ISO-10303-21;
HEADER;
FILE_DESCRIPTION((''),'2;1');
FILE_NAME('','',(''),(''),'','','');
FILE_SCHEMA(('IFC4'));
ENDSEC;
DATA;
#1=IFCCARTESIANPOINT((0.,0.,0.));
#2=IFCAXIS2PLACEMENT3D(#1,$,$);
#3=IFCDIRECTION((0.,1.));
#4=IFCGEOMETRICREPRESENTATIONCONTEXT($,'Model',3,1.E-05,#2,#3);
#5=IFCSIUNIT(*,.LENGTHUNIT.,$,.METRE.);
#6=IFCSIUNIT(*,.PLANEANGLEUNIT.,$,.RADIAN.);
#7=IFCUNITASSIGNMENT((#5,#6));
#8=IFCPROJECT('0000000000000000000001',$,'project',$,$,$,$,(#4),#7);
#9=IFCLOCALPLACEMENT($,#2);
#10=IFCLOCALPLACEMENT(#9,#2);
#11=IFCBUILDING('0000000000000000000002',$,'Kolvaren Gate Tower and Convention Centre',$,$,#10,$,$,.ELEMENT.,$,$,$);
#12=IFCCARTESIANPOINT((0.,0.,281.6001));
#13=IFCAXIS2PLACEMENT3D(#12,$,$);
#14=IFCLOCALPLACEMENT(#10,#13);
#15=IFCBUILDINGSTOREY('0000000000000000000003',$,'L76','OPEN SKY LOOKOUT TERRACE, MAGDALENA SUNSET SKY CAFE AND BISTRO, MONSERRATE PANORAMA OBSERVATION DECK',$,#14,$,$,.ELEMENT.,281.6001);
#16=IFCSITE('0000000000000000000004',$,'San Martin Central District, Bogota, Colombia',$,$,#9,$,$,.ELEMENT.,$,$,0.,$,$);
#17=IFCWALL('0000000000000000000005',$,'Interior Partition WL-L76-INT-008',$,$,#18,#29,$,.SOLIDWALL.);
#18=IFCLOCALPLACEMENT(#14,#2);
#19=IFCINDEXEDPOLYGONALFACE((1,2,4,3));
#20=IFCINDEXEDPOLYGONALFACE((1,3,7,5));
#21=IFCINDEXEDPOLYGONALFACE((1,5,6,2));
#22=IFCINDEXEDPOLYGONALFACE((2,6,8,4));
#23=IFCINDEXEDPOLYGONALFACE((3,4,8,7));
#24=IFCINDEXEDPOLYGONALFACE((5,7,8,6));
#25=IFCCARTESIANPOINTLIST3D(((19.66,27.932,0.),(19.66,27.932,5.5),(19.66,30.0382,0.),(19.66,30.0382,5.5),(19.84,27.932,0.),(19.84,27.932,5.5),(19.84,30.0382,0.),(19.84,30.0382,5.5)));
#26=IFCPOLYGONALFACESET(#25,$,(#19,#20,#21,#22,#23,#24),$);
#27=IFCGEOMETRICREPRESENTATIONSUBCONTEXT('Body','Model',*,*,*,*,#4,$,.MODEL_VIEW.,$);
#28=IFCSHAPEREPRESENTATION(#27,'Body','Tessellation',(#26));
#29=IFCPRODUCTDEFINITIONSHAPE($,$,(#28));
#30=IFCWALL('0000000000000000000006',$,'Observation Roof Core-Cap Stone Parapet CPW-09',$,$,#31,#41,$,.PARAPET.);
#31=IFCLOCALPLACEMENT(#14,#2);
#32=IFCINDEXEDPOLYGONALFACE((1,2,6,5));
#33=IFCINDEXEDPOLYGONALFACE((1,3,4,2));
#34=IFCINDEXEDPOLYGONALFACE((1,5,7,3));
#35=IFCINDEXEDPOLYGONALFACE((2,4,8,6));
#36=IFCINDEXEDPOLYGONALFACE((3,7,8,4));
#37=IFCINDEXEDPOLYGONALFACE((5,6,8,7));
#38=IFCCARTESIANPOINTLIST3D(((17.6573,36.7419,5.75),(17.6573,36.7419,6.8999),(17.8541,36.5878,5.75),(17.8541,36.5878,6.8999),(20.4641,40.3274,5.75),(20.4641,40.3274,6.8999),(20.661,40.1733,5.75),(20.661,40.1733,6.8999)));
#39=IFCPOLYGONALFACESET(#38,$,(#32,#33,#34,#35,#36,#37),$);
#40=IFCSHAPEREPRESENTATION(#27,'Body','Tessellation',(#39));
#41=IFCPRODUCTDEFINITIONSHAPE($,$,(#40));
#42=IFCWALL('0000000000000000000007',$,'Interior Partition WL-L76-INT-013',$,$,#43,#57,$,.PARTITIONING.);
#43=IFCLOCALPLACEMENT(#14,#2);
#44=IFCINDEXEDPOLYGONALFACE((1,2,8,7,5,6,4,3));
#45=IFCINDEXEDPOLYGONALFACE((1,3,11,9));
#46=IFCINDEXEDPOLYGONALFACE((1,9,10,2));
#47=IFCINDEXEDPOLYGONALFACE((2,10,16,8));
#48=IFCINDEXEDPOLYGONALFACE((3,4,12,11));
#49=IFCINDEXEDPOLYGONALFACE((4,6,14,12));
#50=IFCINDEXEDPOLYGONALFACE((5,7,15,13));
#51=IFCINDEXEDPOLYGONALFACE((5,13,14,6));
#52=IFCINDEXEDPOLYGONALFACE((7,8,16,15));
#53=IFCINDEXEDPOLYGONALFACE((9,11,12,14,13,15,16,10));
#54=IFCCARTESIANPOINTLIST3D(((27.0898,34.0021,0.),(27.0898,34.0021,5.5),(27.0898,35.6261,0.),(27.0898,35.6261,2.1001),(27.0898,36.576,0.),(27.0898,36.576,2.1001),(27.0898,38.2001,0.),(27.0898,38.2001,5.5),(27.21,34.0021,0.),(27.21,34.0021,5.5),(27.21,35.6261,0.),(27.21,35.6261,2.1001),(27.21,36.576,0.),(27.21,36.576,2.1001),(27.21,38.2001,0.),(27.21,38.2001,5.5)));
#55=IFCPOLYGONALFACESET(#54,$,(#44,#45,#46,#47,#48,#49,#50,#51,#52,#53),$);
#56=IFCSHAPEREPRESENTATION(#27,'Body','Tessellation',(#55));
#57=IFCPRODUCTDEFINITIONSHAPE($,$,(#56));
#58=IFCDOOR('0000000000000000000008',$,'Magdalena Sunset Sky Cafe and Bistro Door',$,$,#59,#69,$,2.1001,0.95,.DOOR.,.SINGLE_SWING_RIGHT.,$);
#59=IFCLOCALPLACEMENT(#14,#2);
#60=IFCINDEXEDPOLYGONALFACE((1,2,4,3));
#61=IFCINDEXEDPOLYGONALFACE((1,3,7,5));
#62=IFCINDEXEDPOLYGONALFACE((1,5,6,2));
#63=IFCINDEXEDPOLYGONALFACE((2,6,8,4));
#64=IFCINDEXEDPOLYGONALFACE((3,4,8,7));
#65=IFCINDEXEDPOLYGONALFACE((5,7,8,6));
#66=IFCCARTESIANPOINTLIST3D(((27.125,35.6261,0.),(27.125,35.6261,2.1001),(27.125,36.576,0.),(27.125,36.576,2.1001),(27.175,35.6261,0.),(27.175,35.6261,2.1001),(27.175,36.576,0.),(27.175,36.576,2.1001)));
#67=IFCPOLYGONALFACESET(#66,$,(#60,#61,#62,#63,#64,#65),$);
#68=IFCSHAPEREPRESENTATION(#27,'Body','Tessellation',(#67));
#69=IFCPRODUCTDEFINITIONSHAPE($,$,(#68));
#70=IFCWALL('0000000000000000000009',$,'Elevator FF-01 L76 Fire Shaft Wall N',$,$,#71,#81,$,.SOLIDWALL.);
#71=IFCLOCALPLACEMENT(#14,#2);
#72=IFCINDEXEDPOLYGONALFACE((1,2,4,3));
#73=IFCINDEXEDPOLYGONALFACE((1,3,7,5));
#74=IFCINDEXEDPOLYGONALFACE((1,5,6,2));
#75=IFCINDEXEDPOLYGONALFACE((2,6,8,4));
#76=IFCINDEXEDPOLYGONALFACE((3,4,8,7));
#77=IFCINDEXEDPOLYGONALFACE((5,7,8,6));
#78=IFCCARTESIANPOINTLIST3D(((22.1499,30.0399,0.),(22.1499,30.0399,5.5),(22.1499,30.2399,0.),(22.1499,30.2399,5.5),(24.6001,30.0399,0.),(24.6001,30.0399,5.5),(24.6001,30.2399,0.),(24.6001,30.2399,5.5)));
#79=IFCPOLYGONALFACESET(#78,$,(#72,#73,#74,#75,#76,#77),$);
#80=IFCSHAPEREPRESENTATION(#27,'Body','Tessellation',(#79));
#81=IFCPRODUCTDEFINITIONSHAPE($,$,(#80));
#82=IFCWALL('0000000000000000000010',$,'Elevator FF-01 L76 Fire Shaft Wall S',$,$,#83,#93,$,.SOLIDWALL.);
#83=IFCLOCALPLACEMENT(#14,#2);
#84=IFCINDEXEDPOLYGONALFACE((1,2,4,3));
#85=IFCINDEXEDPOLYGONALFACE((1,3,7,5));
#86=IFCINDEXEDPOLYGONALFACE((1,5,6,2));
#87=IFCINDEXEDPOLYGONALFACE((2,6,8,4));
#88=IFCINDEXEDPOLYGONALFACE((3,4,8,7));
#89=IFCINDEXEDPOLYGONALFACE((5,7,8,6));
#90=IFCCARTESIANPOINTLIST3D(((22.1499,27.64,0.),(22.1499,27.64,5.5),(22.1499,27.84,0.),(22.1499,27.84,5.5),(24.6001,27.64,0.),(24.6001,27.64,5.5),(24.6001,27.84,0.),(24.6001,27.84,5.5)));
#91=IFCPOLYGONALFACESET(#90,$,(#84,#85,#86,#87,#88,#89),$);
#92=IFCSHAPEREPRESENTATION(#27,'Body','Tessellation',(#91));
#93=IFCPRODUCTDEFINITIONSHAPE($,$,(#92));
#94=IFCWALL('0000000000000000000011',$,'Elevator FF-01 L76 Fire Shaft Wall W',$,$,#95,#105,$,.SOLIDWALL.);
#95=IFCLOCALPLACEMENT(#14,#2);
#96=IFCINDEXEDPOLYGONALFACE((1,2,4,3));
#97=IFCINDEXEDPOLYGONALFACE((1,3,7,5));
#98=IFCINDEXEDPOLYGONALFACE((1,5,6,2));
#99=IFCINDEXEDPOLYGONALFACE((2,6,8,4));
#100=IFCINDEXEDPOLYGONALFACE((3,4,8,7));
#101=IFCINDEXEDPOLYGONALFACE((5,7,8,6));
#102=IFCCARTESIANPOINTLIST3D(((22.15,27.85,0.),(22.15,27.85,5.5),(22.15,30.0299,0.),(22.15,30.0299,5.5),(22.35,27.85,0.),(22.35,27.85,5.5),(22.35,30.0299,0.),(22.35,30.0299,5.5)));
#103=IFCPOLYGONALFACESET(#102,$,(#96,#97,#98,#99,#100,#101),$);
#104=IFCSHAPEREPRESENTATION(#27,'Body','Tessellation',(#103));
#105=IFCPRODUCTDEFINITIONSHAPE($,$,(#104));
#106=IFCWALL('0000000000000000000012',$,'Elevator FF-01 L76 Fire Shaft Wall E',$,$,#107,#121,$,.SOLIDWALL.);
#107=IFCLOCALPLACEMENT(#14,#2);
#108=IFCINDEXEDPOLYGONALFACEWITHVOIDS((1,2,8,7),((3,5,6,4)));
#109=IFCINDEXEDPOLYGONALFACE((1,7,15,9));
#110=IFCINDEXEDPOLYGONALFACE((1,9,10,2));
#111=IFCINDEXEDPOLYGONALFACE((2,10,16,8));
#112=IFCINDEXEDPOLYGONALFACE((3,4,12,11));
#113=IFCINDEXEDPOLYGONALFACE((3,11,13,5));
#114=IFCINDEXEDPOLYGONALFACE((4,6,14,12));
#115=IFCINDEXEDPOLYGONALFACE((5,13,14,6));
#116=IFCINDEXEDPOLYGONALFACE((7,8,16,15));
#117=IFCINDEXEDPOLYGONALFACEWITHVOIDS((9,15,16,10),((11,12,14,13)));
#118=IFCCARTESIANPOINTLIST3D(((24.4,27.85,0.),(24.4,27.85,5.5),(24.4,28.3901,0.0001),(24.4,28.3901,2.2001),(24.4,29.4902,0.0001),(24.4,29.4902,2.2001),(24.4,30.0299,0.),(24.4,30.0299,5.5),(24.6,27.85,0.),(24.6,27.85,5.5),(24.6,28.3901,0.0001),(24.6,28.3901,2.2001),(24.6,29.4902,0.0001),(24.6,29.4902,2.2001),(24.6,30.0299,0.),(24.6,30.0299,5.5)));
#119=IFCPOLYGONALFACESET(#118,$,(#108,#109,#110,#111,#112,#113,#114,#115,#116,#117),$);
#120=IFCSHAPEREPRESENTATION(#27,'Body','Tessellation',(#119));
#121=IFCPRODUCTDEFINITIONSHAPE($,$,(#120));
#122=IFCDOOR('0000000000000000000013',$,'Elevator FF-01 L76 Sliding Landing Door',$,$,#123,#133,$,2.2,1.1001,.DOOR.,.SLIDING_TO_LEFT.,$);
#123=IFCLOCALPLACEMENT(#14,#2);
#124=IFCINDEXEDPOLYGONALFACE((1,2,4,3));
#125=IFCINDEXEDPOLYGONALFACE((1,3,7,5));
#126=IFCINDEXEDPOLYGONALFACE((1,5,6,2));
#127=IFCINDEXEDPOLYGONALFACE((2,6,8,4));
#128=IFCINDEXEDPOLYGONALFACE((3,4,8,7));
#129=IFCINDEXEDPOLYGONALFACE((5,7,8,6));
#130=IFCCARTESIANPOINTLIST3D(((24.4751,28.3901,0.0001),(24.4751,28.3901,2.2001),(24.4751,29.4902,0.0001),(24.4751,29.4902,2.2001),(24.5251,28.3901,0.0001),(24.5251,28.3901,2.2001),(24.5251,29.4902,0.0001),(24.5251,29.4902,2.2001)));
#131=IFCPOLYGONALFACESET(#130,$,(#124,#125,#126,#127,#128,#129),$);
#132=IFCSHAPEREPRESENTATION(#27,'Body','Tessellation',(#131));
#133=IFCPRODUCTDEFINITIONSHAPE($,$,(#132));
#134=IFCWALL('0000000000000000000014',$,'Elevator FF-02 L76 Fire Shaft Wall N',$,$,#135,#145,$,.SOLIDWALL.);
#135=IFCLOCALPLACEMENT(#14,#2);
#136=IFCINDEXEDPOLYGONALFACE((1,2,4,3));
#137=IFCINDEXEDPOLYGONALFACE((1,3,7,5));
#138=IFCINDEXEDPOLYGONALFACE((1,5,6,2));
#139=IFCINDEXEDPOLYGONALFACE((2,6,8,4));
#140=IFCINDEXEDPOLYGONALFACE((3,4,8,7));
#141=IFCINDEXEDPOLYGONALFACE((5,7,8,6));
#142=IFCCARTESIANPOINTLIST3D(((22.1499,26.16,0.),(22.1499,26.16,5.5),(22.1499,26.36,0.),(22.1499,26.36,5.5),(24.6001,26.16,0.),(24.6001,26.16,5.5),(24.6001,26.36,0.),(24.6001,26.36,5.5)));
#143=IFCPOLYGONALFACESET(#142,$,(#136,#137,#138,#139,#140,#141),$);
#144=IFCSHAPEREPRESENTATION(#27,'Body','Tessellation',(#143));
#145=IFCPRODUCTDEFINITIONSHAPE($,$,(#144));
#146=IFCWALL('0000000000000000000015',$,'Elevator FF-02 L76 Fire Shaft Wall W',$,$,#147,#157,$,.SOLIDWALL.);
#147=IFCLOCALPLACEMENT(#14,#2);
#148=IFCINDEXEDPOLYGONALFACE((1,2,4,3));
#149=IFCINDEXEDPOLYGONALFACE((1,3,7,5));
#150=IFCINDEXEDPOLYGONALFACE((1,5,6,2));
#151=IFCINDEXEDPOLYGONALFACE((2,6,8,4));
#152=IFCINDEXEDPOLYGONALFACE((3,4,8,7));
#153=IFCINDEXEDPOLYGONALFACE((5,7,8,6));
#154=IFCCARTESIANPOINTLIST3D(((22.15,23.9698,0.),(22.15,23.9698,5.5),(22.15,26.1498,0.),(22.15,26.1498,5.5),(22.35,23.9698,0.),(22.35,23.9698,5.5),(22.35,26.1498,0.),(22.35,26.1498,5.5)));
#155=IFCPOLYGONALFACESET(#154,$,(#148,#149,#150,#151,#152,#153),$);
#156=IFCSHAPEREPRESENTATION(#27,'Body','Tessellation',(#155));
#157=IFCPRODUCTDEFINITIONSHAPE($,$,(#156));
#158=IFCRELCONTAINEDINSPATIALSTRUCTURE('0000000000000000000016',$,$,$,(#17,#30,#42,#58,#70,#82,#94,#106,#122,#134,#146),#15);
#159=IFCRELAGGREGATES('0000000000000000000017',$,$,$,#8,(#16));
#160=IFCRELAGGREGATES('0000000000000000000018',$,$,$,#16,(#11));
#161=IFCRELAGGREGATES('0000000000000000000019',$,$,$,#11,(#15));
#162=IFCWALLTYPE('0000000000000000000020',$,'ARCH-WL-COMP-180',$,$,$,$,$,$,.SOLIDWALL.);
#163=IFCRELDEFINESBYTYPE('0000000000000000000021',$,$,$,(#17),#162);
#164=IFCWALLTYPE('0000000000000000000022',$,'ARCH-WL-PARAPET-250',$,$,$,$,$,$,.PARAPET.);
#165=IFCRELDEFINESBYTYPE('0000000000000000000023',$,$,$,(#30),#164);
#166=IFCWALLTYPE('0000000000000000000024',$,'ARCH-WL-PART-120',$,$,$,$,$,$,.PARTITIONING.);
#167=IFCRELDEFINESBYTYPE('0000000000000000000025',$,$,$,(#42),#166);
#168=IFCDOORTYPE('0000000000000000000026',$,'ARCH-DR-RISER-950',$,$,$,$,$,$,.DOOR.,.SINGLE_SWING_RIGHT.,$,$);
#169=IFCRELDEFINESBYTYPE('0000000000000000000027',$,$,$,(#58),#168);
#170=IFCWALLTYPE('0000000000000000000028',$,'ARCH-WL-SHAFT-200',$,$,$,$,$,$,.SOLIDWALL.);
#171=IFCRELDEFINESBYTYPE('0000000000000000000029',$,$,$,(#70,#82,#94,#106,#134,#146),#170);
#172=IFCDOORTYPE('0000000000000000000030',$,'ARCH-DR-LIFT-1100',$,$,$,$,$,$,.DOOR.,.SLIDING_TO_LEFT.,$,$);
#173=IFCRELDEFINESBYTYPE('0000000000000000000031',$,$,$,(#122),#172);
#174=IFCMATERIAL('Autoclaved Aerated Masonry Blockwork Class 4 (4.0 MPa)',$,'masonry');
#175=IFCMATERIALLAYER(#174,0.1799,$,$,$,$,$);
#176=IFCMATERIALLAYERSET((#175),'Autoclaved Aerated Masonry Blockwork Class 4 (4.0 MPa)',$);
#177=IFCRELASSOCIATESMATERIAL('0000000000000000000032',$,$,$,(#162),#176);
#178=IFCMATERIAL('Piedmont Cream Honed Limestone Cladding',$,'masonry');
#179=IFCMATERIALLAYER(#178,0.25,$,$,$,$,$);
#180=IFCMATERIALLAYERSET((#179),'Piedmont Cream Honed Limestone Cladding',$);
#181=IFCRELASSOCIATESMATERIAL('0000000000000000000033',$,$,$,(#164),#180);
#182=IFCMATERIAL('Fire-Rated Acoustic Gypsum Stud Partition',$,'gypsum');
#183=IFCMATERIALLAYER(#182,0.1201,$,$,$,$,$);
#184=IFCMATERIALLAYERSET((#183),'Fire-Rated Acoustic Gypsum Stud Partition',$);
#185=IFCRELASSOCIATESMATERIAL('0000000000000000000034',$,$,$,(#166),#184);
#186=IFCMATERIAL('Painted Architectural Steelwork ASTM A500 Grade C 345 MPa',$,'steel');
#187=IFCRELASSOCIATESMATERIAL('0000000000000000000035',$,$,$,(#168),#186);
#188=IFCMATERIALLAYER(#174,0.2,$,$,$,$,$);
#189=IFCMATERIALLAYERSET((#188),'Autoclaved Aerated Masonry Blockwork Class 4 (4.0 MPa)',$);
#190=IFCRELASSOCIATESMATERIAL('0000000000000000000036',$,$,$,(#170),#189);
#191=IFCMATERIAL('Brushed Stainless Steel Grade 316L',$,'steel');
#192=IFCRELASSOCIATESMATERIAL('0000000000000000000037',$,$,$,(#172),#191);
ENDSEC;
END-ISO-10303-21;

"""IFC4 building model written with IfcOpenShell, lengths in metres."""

from ifc_helpers import new_model, si_unit, direction, frame, frame_2d, origin, place, context, subcontext, project, spatial, rectangle, extrude, material, layer, layer_set, type_object, element, fill, save


model = new_model("IFC4")

# Units and contexts
model_context = context("Model", 3, precision=1e-05, world=origin(), true_north=direction((0.0, 1.0)))
body_context = subcontext(model_context, "Body", "Model", "MODEL_VIEW")
ifc_project = project(units=[si_unit("LENGTHUNIT", "METRE"), si_unit("PLANEANGLEUNIT", "RADIAN")], contexts=[model_context])

# Site, building, storey
site_placement = place(None, origin())
site = spatial("IfcSite", under=ifc_project, at=site_placement, Name="San Martin Central District, Bogota, Colombia", CompositionType="ELEMENT", RefElevation=0.0)
building_placement = place(site_placement, origin())
building = spatial("IfcBuilding", under=site, at=building_placement, Name="Kolvaren Gate Tower and Convention Centre", CompositionType="ELEMENT")
storey_placement = place(building_placement, frame((0.0, 0.0, 281.6001)))
storey = spatial("IfcBuildingStorey", under=building, at=storey_placement, Name="L76", Description="OPEN SKY LOOKOUT TERRACE, MAGDALENA SUNSET SKY CAFE AND BISTRO, MONSERRATE PANORAMA OBSERVATION DECK", CompositionType="ELEMENT", Elevation=281.6001)

# Walls
ifc_material_1 = material(Name="Autoclaved Aerated Masonry Blockwork Class 4 (4.0 MPa)", Category="masonry")
ifc_layer_1 = layer(ifc_material_1, 0.1799)
ifc_layer_set_1 = layer_set([ifc_layer_1], Name="Autoclaved Aerated Masonry Blockwork Class 4 (4.0 MPa)")
wall_type_1 = type_object("IfcWallType", Name="ARCH-WL-COMP-180", PredefinedType="SOLIDWALL", material=ifc_layer_set_1)
for number, where, z_axis, x_axis, name in (
    (1, (19.75, 27.9319, 0.0), (0.0, 0.0, 1.0), (0.0, 1.0, 0.0), "Interior Partition WL-L76-INT-008"),
):
    element("IfcWall", number, at=place(storey_placement, frame(where, z_axis=z_axis, x_axis=x_axis)), inside=storey, type_object=wall_type_1, Name=name, PredefinedType="SOLIDWALL", context=body_context, shape_type="SweptSolid", body=[
        extrude(rectangle(XDim=2.1062, YDim=0.1799, at=frame_2d((1.0532, 0.0))), origin(), (0.0, 0.0, 1.0), 5.5),
    ])
ifc_material_2 = material(Name="Piedmont Cream Honed Limestone Cladding", Category="masonry")
ifc_layer_2 = layer(ifc_material_2, 0.25)
ifc_layer_set_2 = layer_set([ifc_layer_2], Name="Piedmont Cream Honed Limestone Cladding")
wall_type_2 = type_object("IfcWallType", Name="ARCH-WL-PARAPET-250", PredefinedType="PARAPET", material=ifc_layer_set_2)
wall_1_placement = place(storey_placement, frame((17.7556, 36.6648, 5.75), z_axis=(0.0, 0.0, 1.0), x_axis=(0.616428, 0.787411, 0.0)))
element("IfcWall", 2, at=wall_1_placement, inside=storey, type_object=wall_type_2, Name="Observation Roof Core-Cap Stone Parapet CPW-09", PredefinedType="PARAPET", context=body_context, shape_type="SweptSolid", body=[
    extrude(rectangle(XDim=4.5535, YDim=0.25, at=frame_2d((2.2769, 0.0))), origin(), (0.0, 0.0, 1.0), 1.1499),
])

# Wall, opening, door
ifc_material_3 = material(Name="Fire-Rated Acoustic Gypsum Stud Partition", Category="gypsum")
ifc_layer_3 = layer(ifc_material_3, 0.1201)
ifc_layer_set_3 = layer_set([ifc_layer_3], Name="Fire-Rated Acoustic Gypsum Stud Partition")
wall_type_3 = type_object("IfcWallType", Name="ARCH-WL-PART-120", PredefinedType="PARTITIONING", material=ifc_layer_set_3)
wall_2_placement = place(storey_placement, frame((27.1499, 34.002, 0.0), z_axis=(0.0, 0.0, 1.0), x_axis=(0.0, 1.0, 0.0)))
wall_2 = element("IfcWall", 3, at=wall_2_placement, inside=storey, type_object=wall_type_3, Name="Interior Partition WL-L76-INT-013", PredefinedType="PARTITIONING", context=body_context, shape_type="SweptSolid", body=[
    extrude(rectangle(XDim=4.198, YDim=0.1201, at=frame_2d((2.0991, 0.0))), origin(), (0.0, 0.0, 1.0), 5.5),
])
opening_1_placement = place(wall_2_placement, frame((1.624, 0.0, 0.0)))
opening_1 = element("IfcOpeningElement", 4, at=opening_1_placement, cuts=wall_2, PredefinedType="OPENING", context=body_context, shape_type="SweptSolid", body=[
    extrude(rectangle(XDim=0.95, YDim=2.1001, at=frame_2d((0.4751, 1.05))), frame((0.0, 0.0701, 0.0), z_axis=(0.0, -1.0, 0.0), x_axis=(1.0, 0.0, 0.0)), (0.0, 0.0, 1.0), 0.1401),
])
ifc_material_4 = material(Name="Painted Architectural Steelwork ASTM A500 Grade C 345 MPa", Category="steel")
door_type_1 = type_object("IfcDoorType", Name="ARCH-DR-RISER-950", OperationType="SINGLE_SWING_RIGHT", PredefinedType="DOOR", material=ifc_material_4)
door_1_placement = place(opening_1_placement, origin())
door_1 = element("IfcDoor", 5, at=door_1_placement, inside=storey, type_object=door_type_1, Name="Magdalena Sunset Sky Cafe and Bistro Door", OperationType="SINGLE_SWING_RIGHT", OverallHeight=2.1001, OverallWidth=0.95, PredefinedType="DOOR", context=body_context, shape_type="SweptSolid", body=[
    extrude(rectangle(XDim=0.95, YDim=2.1001, at=frame_2d((0.4751, 1.05))), frame((0.0, 0.0249, 0.0), z_axis=(0.0, -1.0, 0.0), x_axis=(1.0, 0.0, 0.0)), (0.0, 0.0, 1.0), 0.05),
])
fill(opening_1, door_1)

# Walls
ifc_layer_4 = layer(ifc_material_1, 0.2)
ifc_layer_set_4 = layer_set([ifc_layer_4], Name="Autoclaved Aerated Masonry Blockwork Class 4 (4.0 MPa)")
wall_type_4 = type_object("IfcWallType", Name="ARCH-WL-SHAFT-200", PredefinedType="SOLIDWALL", material=ifc_layer_set_4)
for number, where, z_axis, x_axis, name in (
    (6, (22.1499, 30.1399, 0.0), (0.0, 0.0, 1.0), (1.0, 0.0, 0.0), "Elevator FF-01 L76 Fire Shaft Wall N"),
    (7, (22.1499, 27.74, 0.0), (0.0, 0.0, 1.0), (1.0, 0.0, 0.0), "Elevator FF-01 L76 Fire Shaft Wall S"),
):
    element("IfcWall", number, at=place(storey_placement, frame(where, z_axis=z_axis, x_axis=x_axis)), inside=storey, type_object=wall_type_4, Name=name, PredefinedType="SOLIDWALL", context=body_context, shape_type="SweptSolid", body=[
        extrude(rectangle(XDim=2.4502, YDim=0.2, at=frame_2d((1.2251, 0.0))), origin(), (0.0, 0.0, 1.0), 5.5),
    ])
wall_3_placement = place(storey_placement, frame((22.25, 27.8501, 0.0), z_axis=(0.0, 0.0, 1.0), x_axis=(0.0, 1.0, 0.0)))
element("IfcWall", 8, at=wall_3_placement, inside=storey, type_object=wall_type_4, Name="Elevator FF-01 L76 Fire Shaft Wall W", PredefinedType="SOLIDWALL", context=body_context, shape_type="SweptSolid", body=[
    extrude(rectangle(XDim=2.1799, YDim=0.2, at=frame_2d((1.0898, 0.0))), origin(), (0.0, 0.0, 1.0), 5.5),
])

# Wall, opening, door
wall_4_placement = place(storey_placement, frame((24.5, 27.8501, 0.0), z_axis=(0.0, 0.0, 1.0), x_axis=(0.0, 1.0, 0.0)))
wall_4 = element("IfcWall", 9, at=wall_4_placement, inside=storey, type_object=wall_type_4, Name="Elevator FF-01 L76 Fire Shaft Wall E", PredefinedType="SOLIDWALL", context=body_context, shape_type="SweptSolid", body=[
    extrude(rectangle(XDim=2.1799, YDim=0.2, at=frame_2d((1.0898, 0.0))), origin(), (0.0, 0.0, 1.0), 5.5),
])
opening_2_placement = place(wall_4_placement, frame((0.54, 0.0, 0.0)))
opening_2 = element("IfcOpeningElement", 10, at=opening_2_placement, cuts=wall_4, PredefinedType="OPENING", context=body_context, shape_type="SweptSolid", body=[
    extrude(rectangle(XDim=1.1001, YDim=2.2, at=frame_2d((0.55, 1.1001))), frame((0.0, 0.1099, 0.0), z_axis=(0.0, -1.0, 0.0), x_axis=(1.0, 0.0, 0.0)), (0.0, 0.0, 1.0), 0.22),
])
ifc_material_5 = material(Name="Brushed Stainless Steel Grade 316L", Category="steel")
door_type_2 = type_object("IfcDoorType", Name="ARCH-DR-LIFT-1100", OperationType="SLIDING_TO_LEFT", PredefinedType="DOOR", material=ifc_material_5)
door_2_placement = place(opening_2_placement, origin())
door_2 = element("IfcDoor", 11, at=door_2_placement, inside=storey, type_object=door_type_2, Name="Elevator FF-01 L76 Sliding Landing Door", OperationType="SLIDING_TO_LEFT", OverallHeight=2.2, OverallWidth=1.1001, PredefinedType="DOOR", context=body_context, shape_type="SweptSolid", body=[
    extrude(rectangle(XDim=1.1001, YDim=2.2, at=frame_2d((0.55, 1.1001))), frame((0.0, 0.0249, 0.0), z_axis=(0.0, -1.0, 0.0), x_axis=(1.0, 0.0, 0.0)), (0.0, 0.0, 1.0), 0.05),
])
fill(opening_2, door_2)

# Walls
wall_5_placement = place(storey_placement, frame((22.1499, 26.26, 0.0), z_axis=(0.0, 0.0, 1.0), x_axis=(1.0, 0.0, 0.0)))
element("IfcWall", 12, at=wall_5_placement, inside=storey, type_object=wall_type_4, Name="Elevator FF-02 L76 Fire Shaft Wall N", PredefinedType="SOLIDWALL", context=body_context, shape_type="SweptSolid", body=[
    extrude(rectangle(XDim=2.4502, YDim=0.2, at=frame_2d((1.2251, 0.0))), origin(), (0.0, 0.0, 1.0), 5.5),
])
wall_6_placement = place(storey_placement, frame((22.25, 23.97, 0.0), z_axis=(0.0, 0.0, 1.0), x_axis=(0.0, 1.0, 0.0)))
element("IfcWall", 13, at=wall_6_placement, inside=storey, type_object=wall_type_4, Name="Elevator FF-02 L76 Fire Shaft Wall W", PredefinedType="SOLIDWALL", context=body_context, shape_type="SweptSolid", body=[
    extrude(rectangle(XDim=2.1799, YDim=0.2, at=frame_2d((1.0898, 0.0))), origin(), (0.0, 0.0, 1.0), 5.5),
])

save(model, "model.ifc")
